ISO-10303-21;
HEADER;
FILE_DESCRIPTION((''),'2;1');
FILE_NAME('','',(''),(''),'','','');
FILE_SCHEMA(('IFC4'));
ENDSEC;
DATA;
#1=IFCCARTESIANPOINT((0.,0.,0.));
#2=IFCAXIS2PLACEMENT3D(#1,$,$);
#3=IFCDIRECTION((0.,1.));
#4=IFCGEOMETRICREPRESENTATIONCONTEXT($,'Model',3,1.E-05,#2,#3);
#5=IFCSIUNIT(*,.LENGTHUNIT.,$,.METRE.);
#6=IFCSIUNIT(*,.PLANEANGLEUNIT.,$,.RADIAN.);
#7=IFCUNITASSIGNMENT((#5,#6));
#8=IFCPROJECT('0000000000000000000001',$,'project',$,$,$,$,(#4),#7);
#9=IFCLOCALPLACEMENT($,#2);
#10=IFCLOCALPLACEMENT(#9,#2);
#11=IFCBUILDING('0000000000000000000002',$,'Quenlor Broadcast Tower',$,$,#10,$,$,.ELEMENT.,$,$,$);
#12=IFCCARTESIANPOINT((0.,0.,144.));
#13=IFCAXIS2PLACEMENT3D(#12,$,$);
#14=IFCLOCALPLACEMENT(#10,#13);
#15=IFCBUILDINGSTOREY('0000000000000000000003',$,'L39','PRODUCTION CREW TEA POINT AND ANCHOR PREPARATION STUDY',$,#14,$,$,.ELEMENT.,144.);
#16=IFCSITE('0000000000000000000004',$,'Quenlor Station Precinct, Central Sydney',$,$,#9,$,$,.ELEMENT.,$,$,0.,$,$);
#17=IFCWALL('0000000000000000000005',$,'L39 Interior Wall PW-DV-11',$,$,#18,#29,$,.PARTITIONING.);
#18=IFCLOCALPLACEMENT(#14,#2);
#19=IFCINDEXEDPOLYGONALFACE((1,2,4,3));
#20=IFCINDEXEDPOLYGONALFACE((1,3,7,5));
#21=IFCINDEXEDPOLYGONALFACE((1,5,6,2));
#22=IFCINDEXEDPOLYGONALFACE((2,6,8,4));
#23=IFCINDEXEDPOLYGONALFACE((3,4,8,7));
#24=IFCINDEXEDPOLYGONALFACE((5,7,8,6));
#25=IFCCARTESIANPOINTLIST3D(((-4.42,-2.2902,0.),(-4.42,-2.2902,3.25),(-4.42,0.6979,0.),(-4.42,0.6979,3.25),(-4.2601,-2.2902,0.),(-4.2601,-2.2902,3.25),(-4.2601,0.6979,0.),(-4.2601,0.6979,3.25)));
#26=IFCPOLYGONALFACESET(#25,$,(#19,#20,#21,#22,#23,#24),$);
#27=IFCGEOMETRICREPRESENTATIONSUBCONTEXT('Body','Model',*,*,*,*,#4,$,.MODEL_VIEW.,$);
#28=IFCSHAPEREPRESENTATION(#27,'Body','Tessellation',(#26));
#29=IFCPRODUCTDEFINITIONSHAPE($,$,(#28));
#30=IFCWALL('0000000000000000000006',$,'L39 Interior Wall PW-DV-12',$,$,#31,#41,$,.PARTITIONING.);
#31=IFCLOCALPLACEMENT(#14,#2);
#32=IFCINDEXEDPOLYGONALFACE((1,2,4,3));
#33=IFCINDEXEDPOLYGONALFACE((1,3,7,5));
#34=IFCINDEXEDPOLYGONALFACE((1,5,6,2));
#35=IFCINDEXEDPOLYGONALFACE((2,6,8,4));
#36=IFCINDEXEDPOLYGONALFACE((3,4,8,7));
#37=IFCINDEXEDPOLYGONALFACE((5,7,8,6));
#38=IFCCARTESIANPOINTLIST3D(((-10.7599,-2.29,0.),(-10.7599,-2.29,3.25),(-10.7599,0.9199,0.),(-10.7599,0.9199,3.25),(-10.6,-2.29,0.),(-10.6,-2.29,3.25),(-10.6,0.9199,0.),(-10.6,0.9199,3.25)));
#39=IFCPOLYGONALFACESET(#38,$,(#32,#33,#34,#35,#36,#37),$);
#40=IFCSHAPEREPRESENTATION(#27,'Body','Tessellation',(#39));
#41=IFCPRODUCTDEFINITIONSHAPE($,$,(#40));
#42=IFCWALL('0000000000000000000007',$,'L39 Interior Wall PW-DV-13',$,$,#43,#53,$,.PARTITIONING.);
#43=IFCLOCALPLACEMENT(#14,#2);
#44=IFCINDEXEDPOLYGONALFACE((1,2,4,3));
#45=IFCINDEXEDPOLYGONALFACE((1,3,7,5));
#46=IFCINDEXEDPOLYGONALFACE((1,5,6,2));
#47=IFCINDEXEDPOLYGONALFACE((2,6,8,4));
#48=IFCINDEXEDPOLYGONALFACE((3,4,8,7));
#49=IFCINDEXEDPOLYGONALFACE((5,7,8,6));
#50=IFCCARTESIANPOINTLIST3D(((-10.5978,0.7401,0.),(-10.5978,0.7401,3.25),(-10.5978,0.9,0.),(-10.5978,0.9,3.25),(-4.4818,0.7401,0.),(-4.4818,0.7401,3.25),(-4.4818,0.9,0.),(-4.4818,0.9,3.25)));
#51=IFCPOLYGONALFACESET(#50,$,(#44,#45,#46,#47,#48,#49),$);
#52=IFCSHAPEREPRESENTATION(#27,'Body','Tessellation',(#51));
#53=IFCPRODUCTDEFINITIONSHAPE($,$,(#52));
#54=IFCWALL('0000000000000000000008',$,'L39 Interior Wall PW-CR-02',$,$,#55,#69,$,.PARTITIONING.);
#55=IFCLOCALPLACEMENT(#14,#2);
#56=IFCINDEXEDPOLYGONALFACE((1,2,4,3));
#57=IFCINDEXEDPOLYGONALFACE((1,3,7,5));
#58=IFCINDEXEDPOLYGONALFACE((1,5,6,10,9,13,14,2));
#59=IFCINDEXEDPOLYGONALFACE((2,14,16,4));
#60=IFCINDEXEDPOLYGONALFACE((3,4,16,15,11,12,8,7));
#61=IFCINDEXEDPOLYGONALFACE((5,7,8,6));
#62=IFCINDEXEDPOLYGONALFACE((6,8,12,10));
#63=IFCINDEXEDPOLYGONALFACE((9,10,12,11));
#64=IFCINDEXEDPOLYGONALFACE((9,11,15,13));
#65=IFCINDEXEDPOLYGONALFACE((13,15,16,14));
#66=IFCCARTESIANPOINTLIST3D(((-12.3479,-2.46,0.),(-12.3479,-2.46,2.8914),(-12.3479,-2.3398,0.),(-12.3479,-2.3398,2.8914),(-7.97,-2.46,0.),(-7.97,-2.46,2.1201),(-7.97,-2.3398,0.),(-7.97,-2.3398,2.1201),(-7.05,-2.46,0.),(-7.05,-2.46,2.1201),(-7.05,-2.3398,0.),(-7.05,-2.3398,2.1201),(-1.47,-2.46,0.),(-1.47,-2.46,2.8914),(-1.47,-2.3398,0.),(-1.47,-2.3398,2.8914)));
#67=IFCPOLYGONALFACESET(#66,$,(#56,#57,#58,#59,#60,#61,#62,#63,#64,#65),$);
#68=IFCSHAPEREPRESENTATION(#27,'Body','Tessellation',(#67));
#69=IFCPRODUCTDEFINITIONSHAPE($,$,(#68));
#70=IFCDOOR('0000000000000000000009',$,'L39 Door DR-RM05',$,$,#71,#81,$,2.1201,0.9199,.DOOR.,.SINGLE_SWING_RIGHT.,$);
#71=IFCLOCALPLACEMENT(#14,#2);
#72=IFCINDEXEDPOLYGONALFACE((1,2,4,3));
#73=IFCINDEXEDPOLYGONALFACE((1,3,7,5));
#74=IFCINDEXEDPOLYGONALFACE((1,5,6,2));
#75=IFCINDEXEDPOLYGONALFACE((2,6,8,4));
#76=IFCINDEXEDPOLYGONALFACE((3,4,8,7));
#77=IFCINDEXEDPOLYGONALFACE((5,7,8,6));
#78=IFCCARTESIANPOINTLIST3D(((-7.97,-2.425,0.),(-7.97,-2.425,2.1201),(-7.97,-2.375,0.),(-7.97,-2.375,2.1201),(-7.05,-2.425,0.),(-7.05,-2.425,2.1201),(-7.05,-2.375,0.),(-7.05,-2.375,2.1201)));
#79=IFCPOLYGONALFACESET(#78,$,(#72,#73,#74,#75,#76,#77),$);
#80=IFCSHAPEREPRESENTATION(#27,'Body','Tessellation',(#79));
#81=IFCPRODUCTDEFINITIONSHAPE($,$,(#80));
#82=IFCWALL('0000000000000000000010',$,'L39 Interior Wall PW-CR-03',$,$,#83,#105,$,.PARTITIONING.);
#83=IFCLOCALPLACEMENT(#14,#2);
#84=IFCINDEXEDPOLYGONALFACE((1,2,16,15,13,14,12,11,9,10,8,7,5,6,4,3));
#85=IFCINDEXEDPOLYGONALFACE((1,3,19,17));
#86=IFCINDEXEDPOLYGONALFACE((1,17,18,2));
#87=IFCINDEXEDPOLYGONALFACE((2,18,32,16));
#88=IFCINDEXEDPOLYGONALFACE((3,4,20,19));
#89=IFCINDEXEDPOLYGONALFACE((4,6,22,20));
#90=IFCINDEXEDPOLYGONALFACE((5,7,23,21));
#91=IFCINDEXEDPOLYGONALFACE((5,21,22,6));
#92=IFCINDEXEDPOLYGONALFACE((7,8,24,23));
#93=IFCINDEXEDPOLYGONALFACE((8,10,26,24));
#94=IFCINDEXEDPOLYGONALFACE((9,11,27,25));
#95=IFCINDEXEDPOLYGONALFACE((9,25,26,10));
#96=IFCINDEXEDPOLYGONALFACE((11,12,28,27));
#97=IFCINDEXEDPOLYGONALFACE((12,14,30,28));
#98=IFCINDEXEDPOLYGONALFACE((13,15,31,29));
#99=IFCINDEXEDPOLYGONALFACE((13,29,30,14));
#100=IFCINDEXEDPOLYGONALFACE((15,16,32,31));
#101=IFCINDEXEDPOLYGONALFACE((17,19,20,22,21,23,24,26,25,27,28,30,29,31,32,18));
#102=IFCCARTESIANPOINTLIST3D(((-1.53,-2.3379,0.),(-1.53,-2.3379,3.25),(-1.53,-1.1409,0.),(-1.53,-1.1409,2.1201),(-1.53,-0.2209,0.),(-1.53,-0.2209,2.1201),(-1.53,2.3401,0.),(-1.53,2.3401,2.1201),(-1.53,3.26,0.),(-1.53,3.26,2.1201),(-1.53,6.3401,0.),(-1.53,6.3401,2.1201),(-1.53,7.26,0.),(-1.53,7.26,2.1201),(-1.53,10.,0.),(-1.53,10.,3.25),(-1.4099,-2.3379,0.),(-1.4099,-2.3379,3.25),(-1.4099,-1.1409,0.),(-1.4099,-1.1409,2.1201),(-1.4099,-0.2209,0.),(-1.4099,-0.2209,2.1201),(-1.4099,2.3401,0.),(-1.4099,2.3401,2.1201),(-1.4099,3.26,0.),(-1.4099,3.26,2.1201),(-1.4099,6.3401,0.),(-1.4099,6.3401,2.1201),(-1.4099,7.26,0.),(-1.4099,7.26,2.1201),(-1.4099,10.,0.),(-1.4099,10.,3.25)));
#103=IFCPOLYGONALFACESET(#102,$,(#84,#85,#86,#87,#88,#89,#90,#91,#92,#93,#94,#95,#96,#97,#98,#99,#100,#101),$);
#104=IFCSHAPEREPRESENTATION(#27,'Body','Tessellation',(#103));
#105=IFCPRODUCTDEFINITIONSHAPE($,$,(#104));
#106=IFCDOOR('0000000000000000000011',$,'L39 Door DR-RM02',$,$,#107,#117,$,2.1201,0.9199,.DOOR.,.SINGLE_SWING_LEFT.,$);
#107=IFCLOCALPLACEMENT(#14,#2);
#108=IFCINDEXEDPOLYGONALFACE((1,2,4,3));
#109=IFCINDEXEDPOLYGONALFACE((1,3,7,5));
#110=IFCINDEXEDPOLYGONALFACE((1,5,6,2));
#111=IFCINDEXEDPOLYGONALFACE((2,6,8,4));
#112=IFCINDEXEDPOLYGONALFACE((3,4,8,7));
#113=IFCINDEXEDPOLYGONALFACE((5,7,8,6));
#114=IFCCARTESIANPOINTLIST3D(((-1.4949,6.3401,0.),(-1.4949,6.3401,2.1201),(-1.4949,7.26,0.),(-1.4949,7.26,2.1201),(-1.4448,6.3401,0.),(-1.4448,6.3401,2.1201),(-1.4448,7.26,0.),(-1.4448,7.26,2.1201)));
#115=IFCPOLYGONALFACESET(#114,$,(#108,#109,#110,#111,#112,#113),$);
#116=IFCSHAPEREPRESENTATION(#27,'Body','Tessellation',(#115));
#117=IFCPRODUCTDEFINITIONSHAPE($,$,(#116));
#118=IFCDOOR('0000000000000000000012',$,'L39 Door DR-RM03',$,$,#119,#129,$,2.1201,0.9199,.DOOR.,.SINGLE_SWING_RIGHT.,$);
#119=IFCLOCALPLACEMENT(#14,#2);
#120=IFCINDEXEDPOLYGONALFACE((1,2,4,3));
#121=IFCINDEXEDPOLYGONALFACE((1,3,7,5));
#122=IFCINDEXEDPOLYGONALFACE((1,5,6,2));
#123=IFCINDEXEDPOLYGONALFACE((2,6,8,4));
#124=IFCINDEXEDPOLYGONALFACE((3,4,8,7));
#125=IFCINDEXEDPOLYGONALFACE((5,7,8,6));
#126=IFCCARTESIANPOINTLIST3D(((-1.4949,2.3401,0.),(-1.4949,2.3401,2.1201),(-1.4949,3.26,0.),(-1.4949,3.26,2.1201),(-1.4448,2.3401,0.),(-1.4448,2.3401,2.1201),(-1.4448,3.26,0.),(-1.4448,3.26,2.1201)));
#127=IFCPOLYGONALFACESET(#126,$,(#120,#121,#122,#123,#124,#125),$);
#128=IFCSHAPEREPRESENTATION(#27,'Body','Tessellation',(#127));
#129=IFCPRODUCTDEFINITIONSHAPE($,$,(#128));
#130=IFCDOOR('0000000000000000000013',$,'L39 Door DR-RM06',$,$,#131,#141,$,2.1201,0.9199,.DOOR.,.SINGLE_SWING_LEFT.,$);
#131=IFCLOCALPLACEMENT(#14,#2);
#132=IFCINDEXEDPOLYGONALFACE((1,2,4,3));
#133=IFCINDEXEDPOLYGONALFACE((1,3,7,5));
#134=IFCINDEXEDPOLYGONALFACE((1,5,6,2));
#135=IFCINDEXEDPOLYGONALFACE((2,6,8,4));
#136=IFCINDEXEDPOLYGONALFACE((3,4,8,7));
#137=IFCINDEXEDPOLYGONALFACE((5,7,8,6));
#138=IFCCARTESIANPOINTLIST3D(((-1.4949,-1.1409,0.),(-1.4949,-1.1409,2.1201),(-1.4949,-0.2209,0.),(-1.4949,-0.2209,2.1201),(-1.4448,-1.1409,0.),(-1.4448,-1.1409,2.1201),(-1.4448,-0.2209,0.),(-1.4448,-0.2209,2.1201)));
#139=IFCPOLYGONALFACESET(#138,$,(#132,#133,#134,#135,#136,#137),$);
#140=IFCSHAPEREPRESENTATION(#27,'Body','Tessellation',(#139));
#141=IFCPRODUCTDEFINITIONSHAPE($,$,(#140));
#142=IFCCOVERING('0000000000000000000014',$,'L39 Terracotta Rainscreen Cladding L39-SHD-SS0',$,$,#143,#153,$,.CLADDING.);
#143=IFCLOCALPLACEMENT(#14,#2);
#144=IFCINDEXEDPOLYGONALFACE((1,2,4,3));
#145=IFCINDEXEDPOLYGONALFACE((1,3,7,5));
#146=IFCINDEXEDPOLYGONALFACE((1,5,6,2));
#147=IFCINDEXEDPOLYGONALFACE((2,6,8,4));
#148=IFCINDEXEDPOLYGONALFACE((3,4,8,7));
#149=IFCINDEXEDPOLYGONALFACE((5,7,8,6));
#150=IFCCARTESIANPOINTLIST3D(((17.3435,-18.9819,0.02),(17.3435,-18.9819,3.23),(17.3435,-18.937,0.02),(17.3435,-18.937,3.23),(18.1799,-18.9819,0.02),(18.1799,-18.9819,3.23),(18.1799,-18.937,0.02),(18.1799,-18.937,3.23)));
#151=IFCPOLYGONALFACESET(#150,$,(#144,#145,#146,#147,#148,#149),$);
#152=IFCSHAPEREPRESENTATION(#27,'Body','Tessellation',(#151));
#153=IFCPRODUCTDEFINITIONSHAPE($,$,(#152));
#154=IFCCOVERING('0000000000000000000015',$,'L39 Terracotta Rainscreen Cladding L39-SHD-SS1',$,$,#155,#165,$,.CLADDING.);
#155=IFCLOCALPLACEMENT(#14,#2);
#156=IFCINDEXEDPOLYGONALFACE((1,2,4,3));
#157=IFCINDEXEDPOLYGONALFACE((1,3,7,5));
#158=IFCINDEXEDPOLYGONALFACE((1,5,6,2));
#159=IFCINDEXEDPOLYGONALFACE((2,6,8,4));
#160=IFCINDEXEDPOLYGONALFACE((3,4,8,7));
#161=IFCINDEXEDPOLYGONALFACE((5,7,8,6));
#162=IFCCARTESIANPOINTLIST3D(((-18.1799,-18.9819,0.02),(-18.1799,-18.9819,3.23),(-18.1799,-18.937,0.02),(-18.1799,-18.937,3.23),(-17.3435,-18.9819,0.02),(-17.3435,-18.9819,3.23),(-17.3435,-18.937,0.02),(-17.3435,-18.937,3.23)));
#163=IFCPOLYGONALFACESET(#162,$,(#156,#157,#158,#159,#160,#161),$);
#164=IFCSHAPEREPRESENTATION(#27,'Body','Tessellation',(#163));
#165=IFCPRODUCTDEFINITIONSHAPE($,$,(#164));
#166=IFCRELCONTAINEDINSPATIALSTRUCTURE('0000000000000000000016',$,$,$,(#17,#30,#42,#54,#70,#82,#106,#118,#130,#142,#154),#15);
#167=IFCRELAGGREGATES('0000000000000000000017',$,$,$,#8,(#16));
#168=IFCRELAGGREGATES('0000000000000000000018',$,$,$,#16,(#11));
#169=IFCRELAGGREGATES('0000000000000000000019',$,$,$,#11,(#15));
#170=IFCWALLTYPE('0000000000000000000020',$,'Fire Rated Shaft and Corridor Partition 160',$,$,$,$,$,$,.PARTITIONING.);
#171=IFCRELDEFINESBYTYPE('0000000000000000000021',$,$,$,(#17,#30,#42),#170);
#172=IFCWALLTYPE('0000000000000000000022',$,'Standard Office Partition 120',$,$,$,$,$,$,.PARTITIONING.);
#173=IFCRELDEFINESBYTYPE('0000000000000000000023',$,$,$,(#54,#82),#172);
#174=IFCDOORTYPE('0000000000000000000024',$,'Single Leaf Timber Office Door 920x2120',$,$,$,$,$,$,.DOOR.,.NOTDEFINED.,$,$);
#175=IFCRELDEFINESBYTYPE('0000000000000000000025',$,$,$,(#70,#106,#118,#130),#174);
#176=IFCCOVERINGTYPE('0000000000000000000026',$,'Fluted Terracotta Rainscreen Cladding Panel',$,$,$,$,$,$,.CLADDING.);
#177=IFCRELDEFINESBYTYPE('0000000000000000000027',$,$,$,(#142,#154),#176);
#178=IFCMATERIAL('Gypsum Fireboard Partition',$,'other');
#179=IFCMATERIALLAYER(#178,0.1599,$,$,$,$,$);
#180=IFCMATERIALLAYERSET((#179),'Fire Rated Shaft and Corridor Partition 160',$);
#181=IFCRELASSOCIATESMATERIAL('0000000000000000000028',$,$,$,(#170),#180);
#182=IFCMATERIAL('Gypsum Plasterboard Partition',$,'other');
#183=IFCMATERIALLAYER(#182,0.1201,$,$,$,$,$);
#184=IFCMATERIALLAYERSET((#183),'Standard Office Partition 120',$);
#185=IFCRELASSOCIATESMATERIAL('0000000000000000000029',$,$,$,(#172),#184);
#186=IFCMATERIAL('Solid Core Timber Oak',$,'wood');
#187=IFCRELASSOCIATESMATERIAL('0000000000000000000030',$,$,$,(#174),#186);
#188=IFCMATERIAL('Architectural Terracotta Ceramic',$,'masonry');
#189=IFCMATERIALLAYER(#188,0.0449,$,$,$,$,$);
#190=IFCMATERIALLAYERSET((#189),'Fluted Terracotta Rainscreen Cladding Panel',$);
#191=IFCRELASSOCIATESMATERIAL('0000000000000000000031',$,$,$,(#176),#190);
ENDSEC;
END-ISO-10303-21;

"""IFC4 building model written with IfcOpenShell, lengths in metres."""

from ifc_helpers import new_model, si_unit, direction, frame, frame_2d, origin, place, context, subcontext, project, spatial, polyline, rectangle, outline, extrude, material, layer, layer_set, type_object, element, fill, save


model = new_model("IFC4")

# Units and contexts
model_context = context("Model", 3, precision=1e-05, world=origin(), true_north=direction((0.0, 1.0)))
body_context = subcontext(model_context, "Body", "Model", "MODEL_VIEW")
ifc_project = project(units=[si_unit("LENGTHUNIT", "METRE"), si_unit("PLANEANGLEUNIT", "RADIAN")], contexts=[model_context])

# Site, building, storey
site_placement = place(None, origin())
site = spatial("IfcSite", under=ifc_project, at=site_placement, Name="Quenlor Station Precinct, Central Sydney", CompositionType="ELEMENT", RefElevation=0.0)
building_placement = place(site_placement, origin())
building = spatial("IfcBuilding", under=site, at=building_placement, Name="Quenlor Broadcast Tower", CompositionType="ELEMENT")
storey_placement = place(building_placement, frame((0.0, 0.0, 144.0)))
storey = spatial("IfcBuildingStorey", under=building, at=storey_placement, Name="L39", Description="PRODUCTION CREW TEA POINT AND ANCHOR PREPARATION STUDY", CompositionType="ELEMENT", Elevation=144.0)

# Walls
ifc_material_1 = material(Name="Gypsum Fireboard Partition", Category="other")
ifc_layer_1 = layer(ifc_material_1, 0.1599)
ifc_layer_set_1 = layer_set([ifc_layer_1], Name="Fire Rated Shaft and Corridor Partition 160")
wall_type_1 = type_object("IfcWallType", Name="Fire Rated Shaft and Corridor Partition 160", PredefinedType="PARTITIONING", material=ifc_layer_set_1)
wall_1_placement = place(storey_placement, frame((-4.3401, 0.698, 0.0), z_axis=(0.0, 0.0, 1.0), x_axis=(0.0, -1.0, 0.0)))
element("IfcWall", 1, at=wall_1_placement, inside=storey, type_object=wall_type_1, Name="L39 Interior Wall PW-DV-11", PredefinedType="PARTITIONING", context=body_context, shape_type="SweptSolid", body=[
    extrude(rectangle(XDim=2.988, YDim=0.1599, at=frame_2d((1.4941, 0.0))), origin(), (0.0, 0.0, 1.0), 3.25),
])
wall_2_placement = place(storey_placement, frame((-10.6799, -2.29, 0.0), z_axis=(0.0, 0.0, 1.0), x_axis=(0.0, 1.0, 0.0)))
element("IfcWall", 2, at=wall_2_placement, inside=storey, type_object=wall_type_1, Name="L39 Interior Wall PW-DV-12", PredefinedType="PARTITIONING", context=body_context, shape_type="SweptSolid", body=[
    extrude(rectangle(XDim=3.21, YDim=0.1599, at=frame_2d((1.605, 0.0))), origin(), (0.0, 0.0, 1.0), 3.25),
])
wall_3_placement = place(storey_placement, frame((-10.5979, 0.8201, 0.0), z_axis=(0.0, 0.0, 1.0), x_axis=(1.0, 0.0, 0.0)))
element("IfcWall", 3, at=wall_3_placement, inside=storey, type_object=wall_type_1, Name="L39 Interior Wall PW-DV-13", PredefinedType="PARTITIONING", context=body_context, shape_type="SweptSolid", body=[
    extrude(rectangle(XDim=6.116, YDim=0.1599, at=frame_2d((3.0581, 0.0))), origin(), (0.0, 0.0, 1.0), 3.25),
])

# Wall, opening, door
ifc_material_2 = material(Name="Gypsum Plasterboard Partition", Category="other")
ifc_layer_2 = layer(ifc_material_2, 0.1201)
ifc_layer_set_2 = layer_set([ifc_layer_2], Name="Standard Office Partition 120")
wall_type_2 = type_object("IfcWallType", Name="Standard Office Partition 120", PredefinedType="PARTITIONING", material=ifc_layer_set_2)
wall_4_placement = place(storey_placement, frame((-12.3479, -2.3999, 0.0), z_axis=(0.0, 0.0, 1.0), x_axis=(1.0, 0.0, 0.0)))
wall_4 = element("IfcWall", 4, at=wall_4_placement, inside=storey, type_object=wall_type_2, Name="L39 Interior Wall PW-CR-02", PredefinedType="PARTITIONING", context=body_context, shape_type="SweptSolid", body=[
    extrude(rectangle(XDim=10.8779, YDim=0.1201, at=frame_2d((5.439, 0.0))), origin(), (0.0, 0.0, 1.0), 2.8914),
])
opening_1_placement = place(wall_4_placement, frame((4.3779, 0.0, 0.0)))
opening_1 = element("IfcOpeningElement", 5, at=opening_1_placement, cuts=wall_4, PredefinedType="OPENING", context=body_context, shape_type="SweptSolid", body=[
    extrude(rectangle(XDim=0.9199, YDim=2.1201, at=frame_2d((0.46, 1.0601))), frame((0.0, 0.0701, 0.0), z_axis=(0.0, -1.0, 0.0), x_axis=(1.0, 0.0, 0.0)), (0.0, 0.0, 1.0), 0.1401),
])
ifc_material_3 = material(Name="Solid Core Timber Oak", Category="wood")
door_type = type_object("IfcDoorType", Name="Single Leaf Timber Office Door 920x2120", OperationType="NOTDEFINED", PredefinedType="DOOR", material=ifc_material_3)
door_1_placement = place(opening_1_placement, origin())
door_1 = element("IfcDoor", 6, at=door_1_placement, inside=storey, type_object=door_type, Name="L39 Door DR-RM05", OperationType="SINGLE_SWING_RIGHT", OverallHeight=2.1201, OverallWidth=0.9199, PredefinedType="DOOR", context=body_context, shape_type="SweptSolid", body=[
    extrude(rectangle(XDim=0.9199, YDim=2.1201, at=frame_2d((0.46, 1.0601))), frame((0.0, 0.0249, 0.0), z_axis=(0.0, -1.0, 0.0), x_axis=(1.0, 0.0, 0.0)), (0.0, 0.0, 1.0), 0.05),
])
fill(opening_1, door_1)

# Wall, openings, doors
wall_5_placement = place(storey_placement, frame((-1.47, -2.3379, 0.0), z_axis=(0.0, 0.0, 1.0), x_axis=(0.0, 1.0, 0.0)))
wall_5 = element("IfcWall", 7, at=wall_5_placement, inside=storey, type_object=wall_type_2, Name="L39 Interior Wall PW-CR-03", PredefinedType="PARTITIONING", context=body_context, shape_type="SweptSolid", body=[
    extrude(rectangle(XDim=12.3379, YDim=0.1201, at=frame_2d((6.1689, 0.0))), origin(), (0.0, 0.0, 1.0), 3.25),
])
opening_2_placement = place(wall_5_placement, frame((8.678, 0.0, 0.0)))
opening_2 = element("IfcOpeningElement", 8, at=opening_2_placement, cuts=wall_5, PredefinedType="OPENING", context=body_context, shape_type="SweptSolid", body=[
    extrude(rectangle(XDim=0.9199, YDim=2.1201, at=frame_2d((0.46, 1.0601))), frame((0.0, 0.0701, 0.0), z_axis=(0.0, -1.0, 0.0), x_axis=(1.0, 0.0, 0.0)), (0.0, 0.0, 1.0), 0.1401),
])
opening_3_placement = place(wall_5_placement, frame((4.678, 0.0, 0.0)))
opening_3 = element("IfcOpeningElement", 9, at=opening_3_placement, cuts=wall_5, PredefinedType="OPENING", context=body_context, shape_type="SweptSolid", body=[
    extrude(rectangle(XDim=0.9199, YDim=2.1201, at=frame_2d((0.46, 1.0601))), frame((0.0, 0.0701, 0.0), z_axis=(0.0, -1.0, 0.0), x_axis=(1.0, 0.0, 0.0)), (0.0, 0.0, 1.0), 0.1401),
])
opening_4_placement = place(wall_5_placement, frame((1.197, 0.0, 0.0)))
opening_4 = element("IfcOpeningElement", 10, at=opening_4_placement, cuts=wall_5, PredefinedType="OPENING", context=body_context, shape_type="SweptSolid", body=[
    extrude(rectangle(XDim=0.9199, YDim=2.1201, at=frame_2d((0.46, 1.0601))), frame((0.0, 0.0701, 0.0), z_axis=(0.0, -1.0, 0.0), x_axis=(1.0, 0.0, 0.0)), (0.0, 0.0, 1.0), 0.1401),
])
door_2_placement = place(opening_2_placement, origin())
door_2 = element("IfcDoor", 11, at=door_2_placement, inside=storey, type_object=door_type, Name="L39 Door DR-RM02", OperationType="SINGLE_SWING_LEFT", OverallHeight=2.1201, OverallWidth=0.9199, PredefinedType="DOOR", context=body_context, shape_type="SweptSolid", body=[
    extrude(rectangle(XDim=0.9199, YDim=2.1201, at=frame_2d((0.46, 1.0601))), frame((0.0, 0.0249, 0.0), z_axis=(0.0, -1.0, 0.0), x_axis=(1.0, 0.0, 0.0)), (0.0, 0.0, 1.0), 0.05),
])
fill(opening_2, door_2)
door_3_placement = place(opening_3_placement, origin())
door_3 = element("IfcDoor", 12, at=door_3_placement, inside=storey, type_object=door_type, Name="L39 Door DR-RM03", OperationType="SINGLE_SWING_RIGHT", OverallHeight=2.1201, OverallWidth=0.9199, PredefinedType="DOOR", context=body_context, shape_type="SweptSolid", body=[
    extrude(rectangle(XDim=0.9199, YDim=2.1201, at=frame_2d((0.46, 1.0601))), frame((0.0, 0.0249, 0.0), z_axis=(0.0, -1.0, 0.0), x_axis=(1.0, 0.0, 0.0)), (0.0, 0.0, 1.0), 0.05),
])
fill(opening_3, door_3)
door_4_placement = place(opening_4_placement, origin())
door_4 = element("IfcDoor", 13, at=door_4_placement, inside=storey, type_object=door_type, Name="L39 Door DR-RM06", OperationType="SINGLE_SWING_LEFT", OverallHeight=2.1201, OverallWidth=0.9199, PredefinedType="DOOR", context=body_context, shape_type="SweptSolid", body=[
    extrude(rectangle(XDim=0.9199, YDim=2.1201, at=frame_2d((0.46, 1.0601))), frame((0.0, 0.0249, 0.0), z_axis=(0.0, -1.0, 0.0), x_axis=(1.0, 0.0, 0.0)), (0.0, 0.0, 1.0), 0.05),
])
fill(opening_4, door_4)

# Coverings
ifc_material_4 = material(Name="Architectural Terracotta Ceramic", Category="masonry")
ifc_layer_3 = layer(ifc_material_4, 0.0449)
ifc_layer_set_3 = layer_set([ifc_layer_3], Name="Fluted Terracotta Rainscreen Cladding Panel")
covering_type = type_object("IfcCoveringType", Name="Fluted Terracotta Rainscreen Cladding Panel", PredefinedType="CLADDING", material=ifc_layer_set_3)
covering_1_placement = place(storey_placement, frame((0.0, 0.0, 0.02)))
element("IfcCovering", 14, at=covering_1_placement, inside=storey, type_object=covering_type, Name="L39 Terracotta Rainscreen Cladding L39-SHD-SS0", PredefinedType="CLADDING", context=body_context, shape_type="SweptSolid", body=[
    extrude(outline(polyline([(18.1799, -18.937), (17.3435, -18.937), (17.3435, -18.9819), (18.1799, -18.9819), (18.1799, -18.937)])), origin(), (0.0, 0.0, 1.0), 3.21),
])
covering_2_placement = place(storey_placement, frame((0.0, 0.0, 0.02)))
element("IfcCovering", 15, at=covering_2_placement, inside=storey, type_object=covering_type, Name="L39 Terracotta Rainscreen Cladding L39-SHD-SS1", PredefinedType="CLADDING", context=body_context, shape_type="SweptSolid", body=[
    extrude(outline(polyline([(-17.3435, -18.937), (-18.1799, -18.937), (-18.1799, -18.9819), (-17.3435, -18.9819), (-17.3435, -18.937)])), origin(), (0.0, 0.0, 1.0), 3.21),
])

save(model, "model.ifc")
